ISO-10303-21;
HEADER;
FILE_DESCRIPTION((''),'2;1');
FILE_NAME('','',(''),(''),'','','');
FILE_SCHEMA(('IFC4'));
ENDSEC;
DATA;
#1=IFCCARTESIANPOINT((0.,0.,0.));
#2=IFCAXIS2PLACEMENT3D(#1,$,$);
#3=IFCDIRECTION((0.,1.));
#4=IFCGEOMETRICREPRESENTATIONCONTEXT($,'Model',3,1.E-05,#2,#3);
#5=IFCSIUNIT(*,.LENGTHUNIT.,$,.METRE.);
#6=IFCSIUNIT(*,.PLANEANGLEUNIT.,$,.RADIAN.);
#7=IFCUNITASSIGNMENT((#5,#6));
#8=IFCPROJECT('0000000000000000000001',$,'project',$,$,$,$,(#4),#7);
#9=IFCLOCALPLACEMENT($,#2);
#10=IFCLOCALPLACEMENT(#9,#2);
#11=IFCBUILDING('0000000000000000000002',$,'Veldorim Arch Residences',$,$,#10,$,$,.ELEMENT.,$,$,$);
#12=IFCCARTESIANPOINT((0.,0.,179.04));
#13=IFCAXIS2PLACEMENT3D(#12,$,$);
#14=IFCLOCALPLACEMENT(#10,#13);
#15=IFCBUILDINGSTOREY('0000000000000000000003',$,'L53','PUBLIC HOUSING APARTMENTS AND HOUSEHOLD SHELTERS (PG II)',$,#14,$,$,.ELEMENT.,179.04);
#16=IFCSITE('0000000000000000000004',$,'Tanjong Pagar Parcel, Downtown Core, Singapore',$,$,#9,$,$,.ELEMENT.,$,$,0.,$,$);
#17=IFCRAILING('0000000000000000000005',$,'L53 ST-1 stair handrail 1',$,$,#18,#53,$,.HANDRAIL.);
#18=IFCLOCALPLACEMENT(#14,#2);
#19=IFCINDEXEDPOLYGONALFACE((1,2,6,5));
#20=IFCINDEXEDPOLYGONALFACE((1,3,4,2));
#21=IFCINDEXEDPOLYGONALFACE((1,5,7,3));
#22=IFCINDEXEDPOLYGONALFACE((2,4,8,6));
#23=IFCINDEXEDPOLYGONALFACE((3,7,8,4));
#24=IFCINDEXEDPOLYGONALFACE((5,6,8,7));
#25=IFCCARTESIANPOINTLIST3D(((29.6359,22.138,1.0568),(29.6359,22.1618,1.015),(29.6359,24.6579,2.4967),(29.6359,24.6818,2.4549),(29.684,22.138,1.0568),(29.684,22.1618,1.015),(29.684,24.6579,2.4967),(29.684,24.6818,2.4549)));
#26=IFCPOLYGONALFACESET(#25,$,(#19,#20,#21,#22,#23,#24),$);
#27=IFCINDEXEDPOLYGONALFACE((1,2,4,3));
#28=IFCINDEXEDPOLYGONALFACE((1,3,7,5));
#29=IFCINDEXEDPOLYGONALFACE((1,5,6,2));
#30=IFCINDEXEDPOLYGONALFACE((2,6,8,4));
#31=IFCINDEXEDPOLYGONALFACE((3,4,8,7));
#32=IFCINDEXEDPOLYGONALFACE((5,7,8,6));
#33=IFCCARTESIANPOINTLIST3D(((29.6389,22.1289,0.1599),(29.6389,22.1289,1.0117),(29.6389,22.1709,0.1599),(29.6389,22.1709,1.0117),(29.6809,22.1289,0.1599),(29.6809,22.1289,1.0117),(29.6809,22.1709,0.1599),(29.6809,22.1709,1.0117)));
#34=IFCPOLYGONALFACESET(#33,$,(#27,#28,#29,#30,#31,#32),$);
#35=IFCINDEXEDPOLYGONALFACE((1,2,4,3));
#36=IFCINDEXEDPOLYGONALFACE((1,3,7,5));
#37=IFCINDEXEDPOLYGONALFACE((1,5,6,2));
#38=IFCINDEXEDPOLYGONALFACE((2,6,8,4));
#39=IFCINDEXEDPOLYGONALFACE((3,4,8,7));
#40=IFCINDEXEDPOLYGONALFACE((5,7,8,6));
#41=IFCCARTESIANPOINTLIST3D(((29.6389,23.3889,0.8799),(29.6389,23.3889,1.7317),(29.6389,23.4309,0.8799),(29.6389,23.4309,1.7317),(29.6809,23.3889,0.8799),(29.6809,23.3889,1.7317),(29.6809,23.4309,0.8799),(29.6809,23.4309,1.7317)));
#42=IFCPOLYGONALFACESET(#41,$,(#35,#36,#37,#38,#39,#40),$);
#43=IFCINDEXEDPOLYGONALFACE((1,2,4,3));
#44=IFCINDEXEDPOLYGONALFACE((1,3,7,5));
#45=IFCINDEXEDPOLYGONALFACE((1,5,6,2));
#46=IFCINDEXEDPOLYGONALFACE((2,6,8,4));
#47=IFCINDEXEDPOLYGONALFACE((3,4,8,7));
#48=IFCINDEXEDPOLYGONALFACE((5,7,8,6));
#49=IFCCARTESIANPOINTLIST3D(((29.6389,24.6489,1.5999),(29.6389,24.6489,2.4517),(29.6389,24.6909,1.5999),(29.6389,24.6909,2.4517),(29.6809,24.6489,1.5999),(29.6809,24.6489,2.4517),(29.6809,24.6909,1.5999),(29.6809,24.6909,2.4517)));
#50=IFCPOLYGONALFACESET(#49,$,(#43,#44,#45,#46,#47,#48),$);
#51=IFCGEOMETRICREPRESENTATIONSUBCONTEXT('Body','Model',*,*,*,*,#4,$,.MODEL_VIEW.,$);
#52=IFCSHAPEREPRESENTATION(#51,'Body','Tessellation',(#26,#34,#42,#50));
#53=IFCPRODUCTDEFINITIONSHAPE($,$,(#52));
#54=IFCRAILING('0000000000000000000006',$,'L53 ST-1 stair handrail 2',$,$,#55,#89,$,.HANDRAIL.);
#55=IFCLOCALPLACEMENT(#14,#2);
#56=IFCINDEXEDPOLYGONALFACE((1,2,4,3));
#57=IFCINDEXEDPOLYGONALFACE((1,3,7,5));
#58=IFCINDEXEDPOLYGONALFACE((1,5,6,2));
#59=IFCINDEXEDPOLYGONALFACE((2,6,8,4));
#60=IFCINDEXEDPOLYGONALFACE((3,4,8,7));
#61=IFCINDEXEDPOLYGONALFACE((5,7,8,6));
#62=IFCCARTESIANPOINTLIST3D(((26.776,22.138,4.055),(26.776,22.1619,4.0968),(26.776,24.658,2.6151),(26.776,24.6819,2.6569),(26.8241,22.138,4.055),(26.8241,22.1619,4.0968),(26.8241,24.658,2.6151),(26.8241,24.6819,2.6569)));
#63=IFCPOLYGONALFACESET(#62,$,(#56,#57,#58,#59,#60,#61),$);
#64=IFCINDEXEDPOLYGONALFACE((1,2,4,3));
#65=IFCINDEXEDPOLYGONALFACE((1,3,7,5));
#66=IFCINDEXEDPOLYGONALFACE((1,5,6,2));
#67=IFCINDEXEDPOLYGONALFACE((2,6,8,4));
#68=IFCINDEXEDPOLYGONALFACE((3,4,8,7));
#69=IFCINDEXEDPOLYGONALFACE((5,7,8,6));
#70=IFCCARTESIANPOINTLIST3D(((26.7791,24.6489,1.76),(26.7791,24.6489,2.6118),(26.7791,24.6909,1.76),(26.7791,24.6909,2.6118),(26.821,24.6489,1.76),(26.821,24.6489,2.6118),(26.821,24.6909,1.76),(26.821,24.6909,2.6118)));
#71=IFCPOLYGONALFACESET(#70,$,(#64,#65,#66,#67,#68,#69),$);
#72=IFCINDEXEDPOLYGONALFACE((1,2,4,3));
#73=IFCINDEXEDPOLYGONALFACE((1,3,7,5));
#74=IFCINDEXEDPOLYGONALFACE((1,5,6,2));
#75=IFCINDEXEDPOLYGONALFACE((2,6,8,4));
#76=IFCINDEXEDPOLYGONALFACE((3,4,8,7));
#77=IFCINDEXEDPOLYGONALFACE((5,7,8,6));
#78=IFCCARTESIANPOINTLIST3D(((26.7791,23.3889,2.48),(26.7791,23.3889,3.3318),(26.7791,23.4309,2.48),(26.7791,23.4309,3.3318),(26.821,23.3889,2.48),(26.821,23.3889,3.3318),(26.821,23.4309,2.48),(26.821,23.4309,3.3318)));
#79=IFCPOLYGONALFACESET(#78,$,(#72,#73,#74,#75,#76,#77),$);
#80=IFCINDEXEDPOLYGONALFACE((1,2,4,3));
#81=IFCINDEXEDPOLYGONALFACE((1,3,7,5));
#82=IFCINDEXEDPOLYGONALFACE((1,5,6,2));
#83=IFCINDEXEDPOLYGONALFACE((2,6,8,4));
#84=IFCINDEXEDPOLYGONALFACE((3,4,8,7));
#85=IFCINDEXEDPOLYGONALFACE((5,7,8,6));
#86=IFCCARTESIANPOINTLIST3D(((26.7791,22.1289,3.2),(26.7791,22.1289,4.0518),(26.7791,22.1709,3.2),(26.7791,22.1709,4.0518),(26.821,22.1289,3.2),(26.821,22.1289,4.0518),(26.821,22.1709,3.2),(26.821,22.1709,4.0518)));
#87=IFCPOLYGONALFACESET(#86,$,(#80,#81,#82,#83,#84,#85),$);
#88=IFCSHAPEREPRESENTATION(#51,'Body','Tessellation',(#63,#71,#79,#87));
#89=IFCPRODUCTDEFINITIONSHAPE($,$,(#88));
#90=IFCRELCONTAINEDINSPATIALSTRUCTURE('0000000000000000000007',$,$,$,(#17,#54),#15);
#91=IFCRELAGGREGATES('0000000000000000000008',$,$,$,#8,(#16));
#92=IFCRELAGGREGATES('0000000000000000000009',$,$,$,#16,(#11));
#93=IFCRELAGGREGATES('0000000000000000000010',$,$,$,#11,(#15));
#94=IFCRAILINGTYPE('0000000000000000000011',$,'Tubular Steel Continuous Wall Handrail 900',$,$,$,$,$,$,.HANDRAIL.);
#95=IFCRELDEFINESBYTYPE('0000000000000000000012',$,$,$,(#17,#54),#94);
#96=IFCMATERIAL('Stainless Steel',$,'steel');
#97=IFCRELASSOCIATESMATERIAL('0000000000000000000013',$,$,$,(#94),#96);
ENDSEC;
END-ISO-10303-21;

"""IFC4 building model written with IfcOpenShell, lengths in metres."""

from ifc_helpers import new_model, si_unit, direction, frame, origin, origin_2d, place, context, subcontext, project, spatial, rectangle, extrude, material, type_object, element, save


model = new_model("IFC4")

# Units and contexts
model_context = context("Model", 3, precision=1e-05, world=origin(), true_north=direction((0.0, 1.0)))
body_context = subcontext(model_context, "Body", "Model", "MODEL_VIEW")
ifc_project = project(units=[si_unit("LENGTHUNIT", "METRE"), si_unit("PLANEANGLEUNIT", "RADIAN")], contexts=[model_context])

# Site, building, storey
site_placement = place(None, origin())
site = spatial("IfcSite", under=ifc_project, at=site_placement, Name="Tanjong Pagar Parcel, Downtown Core, Singapore", CompositionType="ELEMENT", RefElevation=0.0)
building_placement = place(site_placement, origin())
building = spatial("IfcBuilding", under=site, at=building_placement, Name="Veldorim Arch Residences", CompositionType="ELEMENT")
storey_placement = place(building_placement, frame((0.0, 0.0, 179.04)))
storey = spatial("IfcBuildingStorey", under=building, at=storey_placement, Name="L53", Description="PUBLIC HOUSING APARTMENTS AND HOUSEHOLD SHELTERS (PG II)", CompositionType="ELEMENT", Elevation=179.04)

# Railings
ifc_material_1 = material(Name="Stainless Steel", Category="steel")
railing_type_1 = type_object("IfcRailingType", Name="Tubular Steel Continuous Wall Handrail 900", PredefinedType="HANDRAIL", material=ifc_material_1)
railing_1_placement = place(storey_placement, frame((29.6599, 22.1499, 0.1599)))
element("IfcRailing", 1, at=railing_1_placement, inside=storey, type_object=railing_type_1, Name="L53 ST-1 stair handrail 1", PredefinedType="HANDRAIL", context=body_context, shape_type="SweptSolid", body=[
    extrude(rectangle(XDim=0.0481, YDim=0.0481, at=origin_2d()), frame((0.0, 0.0, 0.876), z_axis=(0.0, 0.868253, 0.496121), x_axis=(-1.0, 0.0, 0.0)), (0.0, 0.0, 1.0), 2.9023),
    extrude(rectangle(XDim=0.042, YDim=0.042, at=origin_2d()), origin(), (0.0, 0.0, 1.0), 0.8518),
    extrude(rectangle(XDim=0.042, YDim=0.042, at=origin_2d()), frame((0.0, 1.26, 0.72)), (0.0, 0.0, 1.0), 0.8518),
    extrude(rectangle(XDim=0.042, YDim=0.042, at=origin_2d()), frame((0.0, 2.52, 1.4399)), (0.0, 0.0, 1.0), 0.8518),
])
railing_2_placement = place(storey_placement, frame((26.8, 24.6699, 1.76)))
element("IfcRailing", 2, at=railing_2_placement, inside=storey, type_object=railing_type_1, Name="L53 ST-1 stair handrail 2", PredefinedType="HANDRAIL", context=body_context, shape_type="SweptSolid", body=[
    extrude(rectangle(XDim=0.0481, YDim=0.0481, at=origin_2d()), frame((0.0, 0.0, 0.876), z_axis=(0.0, -0.868253, 0.496121), x_axis=(1.0, 0.0, 0.0)), (0.0, 0.0, 1.0), 2.9023),
    extrude(rectangle(XDim=0.042, YDim=0.042, at=origin_2d()), origin(), (0.0, 0.0, 1.0), 0.8518),
    extrude(rectangle(XDim=0.042, YDim=0.042, at=origin_2d()), frame((0.0, -1.26, 0.72)), (0.0, 0.0, 1.0), 0.8518),
    extrude(rectangle(XDim=0.042, YDim=0.042, at=origin_2d()), frame((0.0, -2.52, 1.4399)), (0.0, 0.0, 1.0), 0.8518),
])

save(model, "model.ifc")
